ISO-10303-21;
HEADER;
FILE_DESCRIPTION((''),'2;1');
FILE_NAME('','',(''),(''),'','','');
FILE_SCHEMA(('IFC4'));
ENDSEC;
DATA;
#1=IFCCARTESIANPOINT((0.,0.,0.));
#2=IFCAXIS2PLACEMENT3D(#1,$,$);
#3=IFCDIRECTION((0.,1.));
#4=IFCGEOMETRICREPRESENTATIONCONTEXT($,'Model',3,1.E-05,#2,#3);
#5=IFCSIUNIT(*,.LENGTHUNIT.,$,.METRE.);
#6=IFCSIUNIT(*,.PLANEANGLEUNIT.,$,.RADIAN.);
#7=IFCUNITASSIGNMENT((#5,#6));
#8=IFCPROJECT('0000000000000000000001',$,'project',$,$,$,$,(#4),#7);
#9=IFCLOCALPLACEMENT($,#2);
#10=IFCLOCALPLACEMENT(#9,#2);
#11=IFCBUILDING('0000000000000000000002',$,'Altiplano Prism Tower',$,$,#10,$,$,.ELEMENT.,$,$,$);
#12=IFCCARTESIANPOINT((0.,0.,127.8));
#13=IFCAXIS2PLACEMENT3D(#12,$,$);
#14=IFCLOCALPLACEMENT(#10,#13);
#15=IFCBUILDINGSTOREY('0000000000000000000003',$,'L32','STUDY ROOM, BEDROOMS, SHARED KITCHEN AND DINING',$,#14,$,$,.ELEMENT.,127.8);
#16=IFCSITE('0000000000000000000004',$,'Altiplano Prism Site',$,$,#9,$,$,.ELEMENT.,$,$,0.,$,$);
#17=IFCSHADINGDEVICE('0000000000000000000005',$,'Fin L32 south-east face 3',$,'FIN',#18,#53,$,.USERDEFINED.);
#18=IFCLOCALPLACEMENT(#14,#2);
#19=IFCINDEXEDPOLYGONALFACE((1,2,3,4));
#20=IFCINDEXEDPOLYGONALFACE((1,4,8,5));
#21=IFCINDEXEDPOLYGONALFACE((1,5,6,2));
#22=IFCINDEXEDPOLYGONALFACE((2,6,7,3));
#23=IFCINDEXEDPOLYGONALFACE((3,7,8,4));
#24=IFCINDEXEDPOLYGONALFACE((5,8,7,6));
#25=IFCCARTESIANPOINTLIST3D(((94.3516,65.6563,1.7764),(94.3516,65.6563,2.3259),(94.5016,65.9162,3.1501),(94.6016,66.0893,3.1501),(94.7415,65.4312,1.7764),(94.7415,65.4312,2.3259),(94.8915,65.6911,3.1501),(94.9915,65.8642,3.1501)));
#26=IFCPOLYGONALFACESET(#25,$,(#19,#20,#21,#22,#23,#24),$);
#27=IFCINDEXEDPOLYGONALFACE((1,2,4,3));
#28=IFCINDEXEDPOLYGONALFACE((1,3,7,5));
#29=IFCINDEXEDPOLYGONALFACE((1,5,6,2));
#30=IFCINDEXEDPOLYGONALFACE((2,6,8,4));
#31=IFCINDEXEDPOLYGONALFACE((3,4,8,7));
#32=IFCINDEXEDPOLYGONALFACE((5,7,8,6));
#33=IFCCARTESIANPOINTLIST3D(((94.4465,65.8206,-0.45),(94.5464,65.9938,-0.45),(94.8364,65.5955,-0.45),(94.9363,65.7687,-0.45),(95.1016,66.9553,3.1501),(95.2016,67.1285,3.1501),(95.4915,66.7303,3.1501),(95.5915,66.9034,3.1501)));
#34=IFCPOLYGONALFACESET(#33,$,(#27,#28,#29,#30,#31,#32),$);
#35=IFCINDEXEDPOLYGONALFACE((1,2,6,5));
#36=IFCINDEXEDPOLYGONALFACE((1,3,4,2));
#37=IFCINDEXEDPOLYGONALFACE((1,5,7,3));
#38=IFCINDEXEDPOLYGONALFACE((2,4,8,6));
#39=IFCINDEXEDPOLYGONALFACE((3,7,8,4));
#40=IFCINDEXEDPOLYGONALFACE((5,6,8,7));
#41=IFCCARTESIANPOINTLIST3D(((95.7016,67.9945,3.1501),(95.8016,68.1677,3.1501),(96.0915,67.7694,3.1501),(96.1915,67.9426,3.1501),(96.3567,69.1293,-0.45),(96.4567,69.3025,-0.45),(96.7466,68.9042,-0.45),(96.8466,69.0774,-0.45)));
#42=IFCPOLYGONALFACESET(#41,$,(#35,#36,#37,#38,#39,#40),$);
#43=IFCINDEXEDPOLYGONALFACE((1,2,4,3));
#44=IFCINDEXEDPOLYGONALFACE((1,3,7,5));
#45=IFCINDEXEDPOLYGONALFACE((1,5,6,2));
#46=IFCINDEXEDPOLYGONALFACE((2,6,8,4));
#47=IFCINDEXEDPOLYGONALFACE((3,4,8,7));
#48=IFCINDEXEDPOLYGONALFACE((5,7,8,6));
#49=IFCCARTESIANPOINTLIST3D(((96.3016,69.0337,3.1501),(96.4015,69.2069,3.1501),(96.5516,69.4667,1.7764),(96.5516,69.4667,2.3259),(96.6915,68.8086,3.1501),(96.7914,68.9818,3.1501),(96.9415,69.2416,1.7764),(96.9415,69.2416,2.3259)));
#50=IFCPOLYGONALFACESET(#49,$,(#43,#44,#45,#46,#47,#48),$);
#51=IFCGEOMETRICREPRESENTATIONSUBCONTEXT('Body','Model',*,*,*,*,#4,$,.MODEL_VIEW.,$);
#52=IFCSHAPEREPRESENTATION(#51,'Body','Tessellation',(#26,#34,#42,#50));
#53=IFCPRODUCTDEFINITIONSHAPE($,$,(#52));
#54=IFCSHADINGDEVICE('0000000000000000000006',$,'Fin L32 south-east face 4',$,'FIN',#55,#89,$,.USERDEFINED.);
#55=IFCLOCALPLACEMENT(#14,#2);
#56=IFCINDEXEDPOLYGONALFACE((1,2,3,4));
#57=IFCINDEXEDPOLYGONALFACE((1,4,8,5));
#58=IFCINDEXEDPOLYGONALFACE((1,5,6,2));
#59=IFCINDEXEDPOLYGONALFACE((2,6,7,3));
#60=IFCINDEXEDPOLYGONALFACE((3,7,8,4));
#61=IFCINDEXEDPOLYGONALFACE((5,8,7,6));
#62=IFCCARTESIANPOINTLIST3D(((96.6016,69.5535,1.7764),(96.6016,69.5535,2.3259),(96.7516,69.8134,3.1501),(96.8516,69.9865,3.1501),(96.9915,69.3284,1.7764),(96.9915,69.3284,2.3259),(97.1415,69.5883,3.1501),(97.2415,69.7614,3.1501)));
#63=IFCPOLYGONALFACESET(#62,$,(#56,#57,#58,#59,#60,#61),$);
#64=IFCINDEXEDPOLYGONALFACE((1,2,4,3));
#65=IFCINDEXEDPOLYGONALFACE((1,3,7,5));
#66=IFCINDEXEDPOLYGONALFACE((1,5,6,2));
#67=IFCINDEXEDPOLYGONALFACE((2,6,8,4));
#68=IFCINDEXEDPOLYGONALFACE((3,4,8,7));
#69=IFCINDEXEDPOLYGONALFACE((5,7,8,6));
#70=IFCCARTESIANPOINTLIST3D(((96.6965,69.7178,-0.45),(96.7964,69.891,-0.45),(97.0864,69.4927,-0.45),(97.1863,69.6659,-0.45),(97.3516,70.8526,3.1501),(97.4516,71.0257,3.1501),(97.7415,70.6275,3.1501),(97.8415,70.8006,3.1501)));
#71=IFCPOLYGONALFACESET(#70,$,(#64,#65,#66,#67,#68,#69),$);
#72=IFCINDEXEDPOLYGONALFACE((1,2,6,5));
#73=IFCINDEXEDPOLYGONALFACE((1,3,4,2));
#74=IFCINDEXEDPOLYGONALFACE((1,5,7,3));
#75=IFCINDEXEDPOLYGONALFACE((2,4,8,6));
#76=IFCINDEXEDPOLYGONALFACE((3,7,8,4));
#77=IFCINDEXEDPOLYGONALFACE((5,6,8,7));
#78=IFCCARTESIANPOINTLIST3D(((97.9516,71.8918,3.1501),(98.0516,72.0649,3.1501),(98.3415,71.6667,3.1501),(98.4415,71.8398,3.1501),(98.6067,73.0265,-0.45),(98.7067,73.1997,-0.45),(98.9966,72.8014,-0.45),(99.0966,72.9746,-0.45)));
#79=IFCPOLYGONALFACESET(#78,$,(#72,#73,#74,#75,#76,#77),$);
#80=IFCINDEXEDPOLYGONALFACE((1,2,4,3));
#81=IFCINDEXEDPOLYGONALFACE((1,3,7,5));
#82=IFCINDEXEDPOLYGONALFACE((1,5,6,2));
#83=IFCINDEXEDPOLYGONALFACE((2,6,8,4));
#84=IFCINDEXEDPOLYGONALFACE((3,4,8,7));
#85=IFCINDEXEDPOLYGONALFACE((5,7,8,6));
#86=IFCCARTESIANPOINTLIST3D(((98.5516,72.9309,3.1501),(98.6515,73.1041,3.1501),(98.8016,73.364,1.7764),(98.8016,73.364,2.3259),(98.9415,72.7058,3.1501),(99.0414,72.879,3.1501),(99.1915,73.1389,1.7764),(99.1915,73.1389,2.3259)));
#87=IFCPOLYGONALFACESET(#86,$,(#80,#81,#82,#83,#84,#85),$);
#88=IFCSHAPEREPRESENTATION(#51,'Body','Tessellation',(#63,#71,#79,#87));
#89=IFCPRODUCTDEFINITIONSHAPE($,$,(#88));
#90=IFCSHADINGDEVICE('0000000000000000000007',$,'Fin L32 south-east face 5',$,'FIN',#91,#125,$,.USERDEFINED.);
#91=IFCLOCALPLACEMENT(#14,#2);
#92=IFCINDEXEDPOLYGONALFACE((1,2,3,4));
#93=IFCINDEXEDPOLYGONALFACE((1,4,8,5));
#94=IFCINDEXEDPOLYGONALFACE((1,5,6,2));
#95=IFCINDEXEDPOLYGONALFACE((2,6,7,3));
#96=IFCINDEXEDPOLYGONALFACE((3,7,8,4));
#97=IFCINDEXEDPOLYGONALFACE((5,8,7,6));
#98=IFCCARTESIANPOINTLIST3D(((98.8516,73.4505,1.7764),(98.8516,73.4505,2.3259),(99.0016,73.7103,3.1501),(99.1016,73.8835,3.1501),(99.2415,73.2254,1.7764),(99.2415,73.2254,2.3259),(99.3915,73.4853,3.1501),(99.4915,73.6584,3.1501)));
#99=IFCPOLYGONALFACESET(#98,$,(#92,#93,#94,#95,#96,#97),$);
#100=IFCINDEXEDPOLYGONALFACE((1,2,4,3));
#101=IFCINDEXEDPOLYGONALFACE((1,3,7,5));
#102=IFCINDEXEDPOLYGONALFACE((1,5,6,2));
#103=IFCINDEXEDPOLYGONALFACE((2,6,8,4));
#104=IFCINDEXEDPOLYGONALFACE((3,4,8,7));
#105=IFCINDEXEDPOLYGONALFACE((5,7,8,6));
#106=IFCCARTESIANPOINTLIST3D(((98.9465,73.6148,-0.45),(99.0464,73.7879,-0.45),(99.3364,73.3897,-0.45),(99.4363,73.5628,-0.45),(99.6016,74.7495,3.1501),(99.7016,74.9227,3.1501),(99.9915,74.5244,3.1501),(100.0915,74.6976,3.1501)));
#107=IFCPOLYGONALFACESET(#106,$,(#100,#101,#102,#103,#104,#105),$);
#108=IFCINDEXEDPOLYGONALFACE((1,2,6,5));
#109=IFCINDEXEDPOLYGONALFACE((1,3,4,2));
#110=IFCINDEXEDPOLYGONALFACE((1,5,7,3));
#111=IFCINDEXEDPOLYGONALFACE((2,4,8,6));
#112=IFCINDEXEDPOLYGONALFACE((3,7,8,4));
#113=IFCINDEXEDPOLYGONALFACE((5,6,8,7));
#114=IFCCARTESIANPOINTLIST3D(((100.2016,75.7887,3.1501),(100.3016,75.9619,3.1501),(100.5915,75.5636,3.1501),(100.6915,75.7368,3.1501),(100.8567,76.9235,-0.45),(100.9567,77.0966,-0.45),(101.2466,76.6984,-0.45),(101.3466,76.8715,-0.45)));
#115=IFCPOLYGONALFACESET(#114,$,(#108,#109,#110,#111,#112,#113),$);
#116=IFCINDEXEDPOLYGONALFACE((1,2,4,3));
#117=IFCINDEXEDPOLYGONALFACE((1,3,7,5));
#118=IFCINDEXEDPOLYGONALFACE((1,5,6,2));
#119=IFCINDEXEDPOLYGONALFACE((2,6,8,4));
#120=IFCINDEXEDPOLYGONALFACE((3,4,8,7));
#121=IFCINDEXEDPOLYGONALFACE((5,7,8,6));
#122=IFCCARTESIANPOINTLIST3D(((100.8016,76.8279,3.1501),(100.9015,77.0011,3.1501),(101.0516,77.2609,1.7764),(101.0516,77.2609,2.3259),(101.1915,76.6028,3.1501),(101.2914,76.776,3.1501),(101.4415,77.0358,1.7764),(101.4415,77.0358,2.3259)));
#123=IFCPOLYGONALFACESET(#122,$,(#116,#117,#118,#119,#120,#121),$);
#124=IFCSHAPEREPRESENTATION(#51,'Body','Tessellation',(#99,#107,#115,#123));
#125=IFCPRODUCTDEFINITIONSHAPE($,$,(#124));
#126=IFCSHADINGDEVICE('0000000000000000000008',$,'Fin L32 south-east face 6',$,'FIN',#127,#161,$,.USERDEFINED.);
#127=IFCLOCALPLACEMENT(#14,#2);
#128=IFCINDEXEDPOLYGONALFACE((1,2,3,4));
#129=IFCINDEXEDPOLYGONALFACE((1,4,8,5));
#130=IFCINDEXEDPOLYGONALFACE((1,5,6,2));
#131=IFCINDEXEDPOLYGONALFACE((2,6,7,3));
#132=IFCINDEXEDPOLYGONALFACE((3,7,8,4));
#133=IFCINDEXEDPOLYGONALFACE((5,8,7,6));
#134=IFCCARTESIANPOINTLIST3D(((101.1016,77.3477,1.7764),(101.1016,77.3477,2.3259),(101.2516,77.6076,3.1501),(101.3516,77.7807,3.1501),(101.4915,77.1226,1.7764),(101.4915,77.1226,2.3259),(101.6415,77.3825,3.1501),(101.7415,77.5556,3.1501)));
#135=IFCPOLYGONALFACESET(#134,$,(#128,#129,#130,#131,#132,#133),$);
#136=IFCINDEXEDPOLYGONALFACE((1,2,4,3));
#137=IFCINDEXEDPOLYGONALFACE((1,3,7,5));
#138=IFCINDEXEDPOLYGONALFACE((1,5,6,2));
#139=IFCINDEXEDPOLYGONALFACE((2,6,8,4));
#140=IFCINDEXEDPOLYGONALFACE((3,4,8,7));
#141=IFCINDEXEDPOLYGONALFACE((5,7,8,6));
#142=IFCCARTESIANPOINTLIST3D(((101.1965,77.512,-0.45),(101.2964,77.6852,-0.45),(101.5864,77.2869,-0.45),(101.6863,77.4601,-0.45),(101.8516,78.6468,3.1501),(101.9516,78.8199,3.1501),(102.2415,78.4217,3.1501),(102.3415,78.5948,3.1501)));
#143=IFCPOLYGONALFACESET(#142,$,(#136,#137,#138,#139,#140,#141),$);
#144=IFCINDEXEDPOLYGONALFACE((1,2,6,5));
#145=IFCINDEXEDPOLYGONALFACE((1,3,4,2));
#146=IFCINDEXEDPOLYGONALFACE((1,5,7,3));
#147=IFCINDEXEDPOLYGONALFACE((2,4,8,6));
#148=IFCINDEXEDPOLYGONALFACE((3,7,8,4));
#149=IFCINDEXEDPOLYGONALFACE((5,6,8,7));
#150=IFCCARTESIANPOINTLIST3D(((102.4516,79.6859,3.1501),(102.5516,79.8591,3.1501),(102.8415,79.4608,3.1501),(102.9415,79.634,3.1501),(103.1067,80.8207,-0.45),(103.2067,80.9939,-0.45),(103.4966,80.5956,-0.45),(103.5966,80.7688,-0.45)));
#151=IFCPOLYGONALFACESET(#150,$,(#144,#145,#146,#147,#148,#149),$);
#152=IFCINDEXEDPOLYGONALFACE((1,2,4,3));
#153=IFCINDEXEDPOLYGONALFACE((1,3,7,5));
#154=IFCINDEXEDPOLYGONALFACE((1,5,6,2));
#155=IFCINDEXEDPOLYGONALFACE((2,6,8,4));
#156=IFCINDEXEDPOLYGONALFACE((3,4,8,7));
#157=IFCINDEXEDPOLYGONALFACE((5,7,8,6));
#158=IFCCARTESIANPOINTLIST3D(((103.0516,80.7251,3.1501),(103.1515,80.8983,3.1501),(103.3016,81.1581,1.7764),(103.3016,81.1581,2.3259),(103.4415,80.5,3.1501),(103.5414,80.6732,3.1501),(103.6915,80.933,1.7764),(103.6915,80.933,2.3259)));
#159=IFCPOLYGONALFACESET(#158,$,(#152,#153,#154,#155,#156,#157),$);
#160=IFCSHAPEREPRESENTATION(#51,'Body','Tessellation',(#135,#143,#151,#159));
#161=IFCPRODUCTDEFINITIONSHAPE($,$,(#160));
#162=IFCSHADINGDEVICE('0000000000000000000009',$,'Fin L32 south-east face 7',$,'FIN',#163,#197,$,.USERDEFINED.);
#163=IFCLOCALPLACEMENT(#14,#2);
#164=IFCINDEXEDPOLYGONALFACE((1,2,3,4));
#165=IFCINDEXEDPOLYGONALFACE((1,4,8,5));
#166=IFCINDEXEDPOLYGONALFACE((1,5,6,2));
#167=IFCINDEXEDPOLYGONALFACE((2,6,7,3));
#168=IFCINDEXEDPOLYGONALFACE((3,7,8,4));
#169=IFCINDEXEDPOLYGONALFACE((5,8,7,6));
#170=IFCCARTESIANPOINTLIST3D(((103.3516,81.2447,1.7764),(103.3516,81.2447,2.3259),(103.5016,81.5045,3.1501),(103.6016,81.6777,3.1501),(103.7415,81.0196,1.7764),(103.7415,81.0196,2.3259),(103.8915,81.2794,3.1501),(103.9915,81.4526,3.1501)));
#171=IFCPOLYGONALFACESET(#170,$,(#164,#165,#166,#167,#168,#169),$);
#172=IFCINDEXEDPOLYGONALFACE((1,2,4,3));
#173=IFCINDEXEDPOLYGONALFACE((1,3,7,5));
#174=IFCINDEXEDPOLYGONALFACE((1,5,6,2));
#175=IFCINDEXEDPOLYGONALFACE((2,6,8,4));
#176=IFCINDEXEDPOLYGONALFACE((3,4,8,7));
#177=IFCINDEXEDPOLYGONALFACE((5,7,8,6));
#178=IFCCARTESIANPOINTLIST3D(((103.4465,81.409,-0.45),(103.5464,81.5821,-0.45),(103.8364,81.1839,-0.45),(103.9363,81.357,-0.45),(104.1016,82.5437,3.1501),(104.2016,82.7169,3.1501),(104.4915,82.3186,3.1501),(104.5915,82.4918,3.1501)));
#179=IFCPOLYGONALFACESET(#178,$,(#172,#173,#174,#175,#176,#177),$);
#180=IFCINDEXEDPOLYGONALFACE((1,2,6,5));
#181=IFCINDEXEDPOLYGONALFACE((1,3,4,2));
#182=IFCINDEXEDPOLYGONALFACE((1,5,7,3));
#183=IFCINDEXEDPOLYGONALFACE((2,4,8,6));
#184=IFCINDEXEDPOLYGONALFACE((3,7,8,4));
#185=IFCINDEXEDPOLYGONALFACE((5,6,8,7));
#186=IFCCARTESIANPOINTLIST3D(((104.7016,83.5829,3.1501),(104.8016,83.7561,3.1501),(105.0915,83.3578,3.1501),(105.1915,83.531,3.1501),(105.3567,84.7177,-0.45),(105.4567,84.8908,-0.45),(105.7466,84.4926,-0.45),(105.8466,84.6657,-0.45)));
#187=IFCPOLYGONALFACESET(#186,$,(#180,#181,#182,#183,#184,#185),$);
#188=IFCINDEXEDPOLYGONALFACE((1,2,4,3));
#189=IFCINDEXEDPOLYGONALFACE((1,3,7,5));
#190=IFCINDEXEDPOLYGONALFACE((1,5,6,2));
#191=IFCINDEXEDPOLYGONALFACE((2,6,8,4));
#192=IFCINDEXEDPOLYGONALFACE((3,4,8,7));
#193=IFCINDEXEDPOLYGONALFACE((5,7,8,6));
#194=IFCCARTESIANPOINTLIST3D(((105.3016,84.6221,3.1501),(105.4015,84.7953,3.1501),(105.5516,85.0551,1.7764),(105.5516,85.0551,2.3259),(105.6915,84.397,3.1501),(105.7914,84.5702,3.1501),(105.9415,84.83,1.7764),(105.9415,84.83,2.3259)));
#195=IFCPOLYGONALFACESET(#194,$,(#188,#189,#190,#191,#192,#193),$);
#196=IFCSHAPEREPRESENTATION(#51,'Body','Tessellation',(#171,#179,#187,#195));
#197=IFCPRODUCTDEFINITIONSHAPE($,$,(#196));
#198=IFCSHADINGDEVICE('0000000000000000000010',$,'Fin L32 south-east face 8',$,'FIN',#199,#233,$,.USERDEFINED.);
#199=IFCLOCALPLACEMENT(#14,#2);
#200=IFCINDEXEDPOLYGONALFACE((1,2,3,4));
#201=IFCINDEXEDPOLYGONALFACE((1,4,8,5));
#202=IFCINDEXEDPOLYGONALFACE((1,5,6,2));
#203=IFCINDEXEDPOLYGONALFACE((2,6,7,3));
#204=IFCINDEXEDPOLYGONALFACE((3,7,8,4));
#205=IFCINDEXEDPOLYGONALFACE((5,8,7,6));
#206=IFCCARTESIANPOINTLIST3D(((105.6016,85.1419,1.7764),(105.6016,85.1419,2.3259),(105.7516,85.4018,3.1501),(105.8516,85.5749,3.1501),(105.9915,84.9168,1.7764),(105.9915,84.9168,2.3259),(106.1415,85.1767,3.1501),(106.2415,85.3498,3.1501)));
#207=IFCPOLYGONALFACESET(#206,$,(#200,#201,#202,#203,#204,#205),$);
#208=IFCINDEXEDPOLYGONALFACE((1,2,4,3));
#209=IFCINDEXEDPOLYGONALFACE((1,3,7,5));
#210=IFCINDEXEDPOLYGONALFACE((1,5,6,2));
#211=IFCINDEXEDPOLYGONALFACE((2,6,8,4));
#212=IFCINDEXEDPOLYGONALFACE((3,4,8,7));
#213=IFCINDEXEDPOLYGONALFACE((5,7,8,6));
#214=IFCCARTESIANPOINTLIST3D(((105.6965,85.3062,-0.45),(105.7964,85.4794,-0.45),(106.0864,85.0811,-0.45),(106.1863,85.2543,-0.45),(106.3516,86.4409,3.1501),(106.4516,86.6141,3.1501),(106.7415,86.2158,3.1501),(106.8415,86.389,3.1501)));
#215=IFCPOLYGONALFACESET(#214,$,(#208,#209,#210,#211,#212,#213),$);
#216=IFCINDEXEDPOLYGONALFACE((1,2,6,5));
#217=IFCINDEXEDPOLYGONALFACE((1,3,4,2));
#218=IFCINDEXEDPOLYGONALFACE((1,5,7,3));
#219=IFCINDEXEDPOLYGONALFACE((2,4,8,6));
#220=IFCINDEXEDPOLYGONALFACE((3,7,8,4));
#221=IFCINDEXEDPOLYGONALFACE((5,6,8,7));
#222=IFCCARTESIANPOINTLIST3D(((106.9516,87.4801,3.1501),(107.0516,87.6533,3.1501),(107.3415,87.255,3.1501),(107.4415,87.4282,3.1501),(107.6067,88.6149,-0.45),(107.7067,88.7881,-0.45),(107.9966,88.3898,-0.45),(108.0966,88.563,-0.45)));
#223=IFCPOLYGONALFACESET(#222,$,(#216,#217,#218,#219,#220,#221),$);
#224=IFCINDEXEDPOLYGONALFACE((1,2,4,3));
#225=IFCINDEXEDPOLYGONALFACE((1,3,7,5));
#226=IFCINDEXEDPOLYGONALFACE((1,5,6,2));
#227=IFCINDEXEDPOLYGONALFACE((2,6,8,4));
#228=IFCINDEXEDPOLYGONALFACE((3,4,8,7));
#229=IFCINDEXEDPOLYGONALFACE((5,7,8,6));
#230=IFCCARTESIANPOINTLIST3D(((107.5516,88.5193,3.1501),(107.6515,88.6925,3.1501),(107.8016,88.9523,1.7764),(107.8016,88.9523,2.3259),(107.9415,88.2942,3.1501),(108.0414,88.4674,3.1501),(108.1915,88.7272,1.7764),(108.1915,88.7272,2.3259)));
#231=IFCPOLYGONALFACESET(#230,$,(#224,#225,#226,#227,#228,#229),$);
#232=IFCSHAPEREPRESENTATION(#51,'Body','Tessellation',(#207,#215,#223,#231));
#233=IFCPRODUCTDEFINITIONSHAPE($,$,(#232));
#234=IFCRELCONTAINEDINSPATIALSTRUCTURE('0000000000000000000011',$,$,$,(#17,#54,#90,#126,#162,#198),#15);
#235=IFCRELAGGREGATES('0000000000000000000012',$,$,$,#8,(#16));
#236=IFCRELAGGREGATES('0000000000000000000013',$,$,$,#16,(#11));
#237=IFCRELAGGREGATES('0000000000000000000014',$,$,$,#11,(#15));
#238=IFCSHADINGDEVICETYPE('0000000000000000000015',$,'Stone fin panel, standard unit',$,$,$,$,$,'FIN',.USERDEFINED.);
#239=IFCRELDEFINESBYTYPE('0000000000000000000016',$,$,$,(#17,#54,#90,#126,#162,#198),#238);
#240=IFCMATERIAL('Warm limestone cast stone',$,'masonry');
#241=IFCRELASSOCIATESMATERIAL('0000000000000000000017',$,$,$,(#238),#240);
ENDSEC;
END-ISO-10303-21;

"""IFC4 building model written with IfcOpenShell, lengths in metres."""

from ifc_helpers import new_model, si_unit, direction, frame, origin, place, context, subcontext, project, spatial, polyline, outline, extrude, source, transform, mapped, material, type_object, element, save


model = new_model("IFC4")

# Units and contexts
model_context = context("Model", 3, precision=1e-05, world=origin(), true_north=direction((0.0, 1.0)))
body_context = subcontext(model_context, "Body", "Model", "MODEL_VIEW")
ifc_project = project(units=[si_unit("LENGTHUNIT", "METRE"), si_unit("PLANEANGLEUNIT", "RADIAN")], contexts=[model_context])

# Site, building, storey
site_placement = place(None, origin())
site = spatial("IfcSite", under=ifc_project, at=site_placement, Name="Altiplano Prism Site", CompositionType="ELEMENT", RefElevation=0.0)
building_placement = place(site_placement, origin())
building = spatial("IfcBuilding", under=site, at=building_placement, Name="Altiplano Prism Tower", CompositionType="ELEMENT")
storey_placement = place(building_placement, frame((0.0, 0.0, 127.8)))
storey = spatial("IfcBuildingStorey", under=building, at=storey_placement, Name="L32", Description="STUDY ROOM, BEDROOMS, SHARED KITCHEN AND DINING", CompositionType="ELEMENT", Elevation=127.8)

# Shading devices
ifc_material_1 = material(Name="Warm limestone cast stone", Category="masonry")
shading_device_type_1 = type_object("IfcShadingDeviceType", Name="Stone fin panel, standard unit", ElementType="FIN", PredefinedType="USERDEFINED", material=ifc_material_1)
shared_shape_1 = source(origin(), body_context, "Body", "SweptSolid", [
    extrude(outline(polyline([(-2.2, 2.2263), (-1.7, 3.6001), (-1.8999, 3.6001), (-2.2, 2.7759), (-2.2, 2.2263)])), frame((0.0, -0.1499, 0.0), z_axis=(0.0, -1.0, 0.0), x_axis=(1.0, 0.0, 0.0)), (0.0, 0.0, 1.0), 0.4502),
    extrude(outline(polyline([(-2.0103, 0.0), (-1.8103, 0.0), (-0.5, 3.6001), (-0.7, 3.6001), (-2.0103, 0.0)])), frame((0.0, -0.1499, 0.0), z_axis=(0.0, -1.0, 0.0), x_axis=(1.0, 0.0, 0.0)), (0.0, 0.0, 1.0), 0.4502),
    extrude(outline(polyline([(1.8103, 0.0), (2.0103, 0.0), (0.7, 3.6001), (0.5, 3.6001), (1.8103, 0.0)])), frame((0.0, -0.1499, 0.0), z_axis=(0.0, -1.0, 0.0), x_axis=(1.0, 0.0, 0.0)), (0.0, 0.0, 1.0), 0.4502),
    extrude(outline(polyline([(2.2, 2.7759), (1.8999, 3.6001), (1.7, 3.6001), (2.2, 2.2263), (2.2, 2.7759)])), frame((0.0, -0.1499, 0.0), z_axis=(0.0, -1.0, 0.0), x_axis=(1.0, 0.0, 0.0)), (0.0, 0.0, 1.0), 0.4502),
])
shading_device_1_placement = place(storey_placement, origin())
element("IfcShadingDevice", 1, at=shading_device_1_placement, inside=storey, type_object=shading_device_type_1, Name="Fin L32 south-east face 3", ObjectType="FIN", PredefinedType="USERDEFINED", context=body_context, shape_type="MappedRepresentation", body=[
    mapped(shared_shape_1, transform((95.3218, 67.6365, -0.45), x_axis=(0.5, 0.866025, 0.0), y_axis=(-0.866025, 0.5, 0.0), z_axis=(0.0, 0.0, 1.0))),
])
shading_device_2_placement = place(storey_placement, origin())
element("IfcShadingDevice", 2, at=shading_device_2_placement, inside=storey, type_object=shading_device_type_1, Name="Fin L32 south-east face 4", ObjectType="FIN", PredefinedType="USERDEFINED", context=body_context, shape_type="MappedRepresentation", body=[
    mapped(shared_shape_1, transform((97.5718, 71.5337, -0.45), x_axis=(0.5, 0.866025, 0.0), y_axis=(-0.866025, 0.5, 0.0), z_axis=(0.0, 0.0, 1.0))),
])
shading_device_3_placement = place(storey_placement, origin())
element("IfcShadingDevice", 3, at=shading_device_3_placement, inside=storey, type_object=shading_device_type_1, Name="Fin L32 south-east face 5", ObjectType="FIN", PredefinedType="USERDEFINED", context=body_context, shape_type="MappedRepresentation", body=[
    mapped(shared_shape_1, transform((99.8218, 75.4307, -0.45), x_axis=(0.5, 0.866025, 0.0), y_axis=(-0.866025, 0.5, 0.0), z_axis=(0.0, 0.0, 1.0))),
])
shading_device_4_placement = place(storey_placement, origin())
element("IfcShadingDevice", 4, at=shading_device_4_placement, inside=storey, type_object=shading_device_type_1, Name="Fin L32 south-east face 6", ObjectType="FIN", PredefinedType="USERDEFINED", context=body_context, shape_type="MappedRepresentation", body=[
    mapped(shared_shape_1, transform((102.0718, 79.3279, -0.45), x_axis=(0.5, 0.866025, 0.0), y_axis=(-0.866025, 0.5, 0.0), z_axis=(0.0, 0.0, 1.0))),
])
shading_device_5_placement = place(storey_placement, origin())
element("IfcShadingDevice", 5, at=shading_device_5_placement, inside=storey, type_object=shading_device_type_1, Name="Fin L32 south-east face 7", ObjectType="FIN", PredefinedType="USERDEFINED", context=body_context, shape_type="MappedRepresentation", body=[
    mapped(shared_shape_1, transform((104.3218, 83.2249, -0.45), x_axis=(0.5, 0.866025, 0.0), y_axis=(-0.866025, 0.5, 0.0), z_axis=(0.0, 0.0, 1.0))),
])
shading_device_6_placement = place(storey_placement, origin())
element("IfcShadingDevice", 6, at=shading_device_6_placement, inside=storey, type_object=shading_device_type_1, Name="Fin L32 south-east face 8", ObjectType="FIN", PredefinedType="USERDEFINED", context=body_context, shape_type="MappedRepresentation", body=[
    mapped(shared_shape_1, transform((106.5718, 87.1221, -0.45), x_axis=(0.5, 0.866025, 0.0), y_axis=(-0.866025, 0.5, 0.0), z_axis=(0.0, 0.0, 1.0))),
])

save(model, "model.ifc")
